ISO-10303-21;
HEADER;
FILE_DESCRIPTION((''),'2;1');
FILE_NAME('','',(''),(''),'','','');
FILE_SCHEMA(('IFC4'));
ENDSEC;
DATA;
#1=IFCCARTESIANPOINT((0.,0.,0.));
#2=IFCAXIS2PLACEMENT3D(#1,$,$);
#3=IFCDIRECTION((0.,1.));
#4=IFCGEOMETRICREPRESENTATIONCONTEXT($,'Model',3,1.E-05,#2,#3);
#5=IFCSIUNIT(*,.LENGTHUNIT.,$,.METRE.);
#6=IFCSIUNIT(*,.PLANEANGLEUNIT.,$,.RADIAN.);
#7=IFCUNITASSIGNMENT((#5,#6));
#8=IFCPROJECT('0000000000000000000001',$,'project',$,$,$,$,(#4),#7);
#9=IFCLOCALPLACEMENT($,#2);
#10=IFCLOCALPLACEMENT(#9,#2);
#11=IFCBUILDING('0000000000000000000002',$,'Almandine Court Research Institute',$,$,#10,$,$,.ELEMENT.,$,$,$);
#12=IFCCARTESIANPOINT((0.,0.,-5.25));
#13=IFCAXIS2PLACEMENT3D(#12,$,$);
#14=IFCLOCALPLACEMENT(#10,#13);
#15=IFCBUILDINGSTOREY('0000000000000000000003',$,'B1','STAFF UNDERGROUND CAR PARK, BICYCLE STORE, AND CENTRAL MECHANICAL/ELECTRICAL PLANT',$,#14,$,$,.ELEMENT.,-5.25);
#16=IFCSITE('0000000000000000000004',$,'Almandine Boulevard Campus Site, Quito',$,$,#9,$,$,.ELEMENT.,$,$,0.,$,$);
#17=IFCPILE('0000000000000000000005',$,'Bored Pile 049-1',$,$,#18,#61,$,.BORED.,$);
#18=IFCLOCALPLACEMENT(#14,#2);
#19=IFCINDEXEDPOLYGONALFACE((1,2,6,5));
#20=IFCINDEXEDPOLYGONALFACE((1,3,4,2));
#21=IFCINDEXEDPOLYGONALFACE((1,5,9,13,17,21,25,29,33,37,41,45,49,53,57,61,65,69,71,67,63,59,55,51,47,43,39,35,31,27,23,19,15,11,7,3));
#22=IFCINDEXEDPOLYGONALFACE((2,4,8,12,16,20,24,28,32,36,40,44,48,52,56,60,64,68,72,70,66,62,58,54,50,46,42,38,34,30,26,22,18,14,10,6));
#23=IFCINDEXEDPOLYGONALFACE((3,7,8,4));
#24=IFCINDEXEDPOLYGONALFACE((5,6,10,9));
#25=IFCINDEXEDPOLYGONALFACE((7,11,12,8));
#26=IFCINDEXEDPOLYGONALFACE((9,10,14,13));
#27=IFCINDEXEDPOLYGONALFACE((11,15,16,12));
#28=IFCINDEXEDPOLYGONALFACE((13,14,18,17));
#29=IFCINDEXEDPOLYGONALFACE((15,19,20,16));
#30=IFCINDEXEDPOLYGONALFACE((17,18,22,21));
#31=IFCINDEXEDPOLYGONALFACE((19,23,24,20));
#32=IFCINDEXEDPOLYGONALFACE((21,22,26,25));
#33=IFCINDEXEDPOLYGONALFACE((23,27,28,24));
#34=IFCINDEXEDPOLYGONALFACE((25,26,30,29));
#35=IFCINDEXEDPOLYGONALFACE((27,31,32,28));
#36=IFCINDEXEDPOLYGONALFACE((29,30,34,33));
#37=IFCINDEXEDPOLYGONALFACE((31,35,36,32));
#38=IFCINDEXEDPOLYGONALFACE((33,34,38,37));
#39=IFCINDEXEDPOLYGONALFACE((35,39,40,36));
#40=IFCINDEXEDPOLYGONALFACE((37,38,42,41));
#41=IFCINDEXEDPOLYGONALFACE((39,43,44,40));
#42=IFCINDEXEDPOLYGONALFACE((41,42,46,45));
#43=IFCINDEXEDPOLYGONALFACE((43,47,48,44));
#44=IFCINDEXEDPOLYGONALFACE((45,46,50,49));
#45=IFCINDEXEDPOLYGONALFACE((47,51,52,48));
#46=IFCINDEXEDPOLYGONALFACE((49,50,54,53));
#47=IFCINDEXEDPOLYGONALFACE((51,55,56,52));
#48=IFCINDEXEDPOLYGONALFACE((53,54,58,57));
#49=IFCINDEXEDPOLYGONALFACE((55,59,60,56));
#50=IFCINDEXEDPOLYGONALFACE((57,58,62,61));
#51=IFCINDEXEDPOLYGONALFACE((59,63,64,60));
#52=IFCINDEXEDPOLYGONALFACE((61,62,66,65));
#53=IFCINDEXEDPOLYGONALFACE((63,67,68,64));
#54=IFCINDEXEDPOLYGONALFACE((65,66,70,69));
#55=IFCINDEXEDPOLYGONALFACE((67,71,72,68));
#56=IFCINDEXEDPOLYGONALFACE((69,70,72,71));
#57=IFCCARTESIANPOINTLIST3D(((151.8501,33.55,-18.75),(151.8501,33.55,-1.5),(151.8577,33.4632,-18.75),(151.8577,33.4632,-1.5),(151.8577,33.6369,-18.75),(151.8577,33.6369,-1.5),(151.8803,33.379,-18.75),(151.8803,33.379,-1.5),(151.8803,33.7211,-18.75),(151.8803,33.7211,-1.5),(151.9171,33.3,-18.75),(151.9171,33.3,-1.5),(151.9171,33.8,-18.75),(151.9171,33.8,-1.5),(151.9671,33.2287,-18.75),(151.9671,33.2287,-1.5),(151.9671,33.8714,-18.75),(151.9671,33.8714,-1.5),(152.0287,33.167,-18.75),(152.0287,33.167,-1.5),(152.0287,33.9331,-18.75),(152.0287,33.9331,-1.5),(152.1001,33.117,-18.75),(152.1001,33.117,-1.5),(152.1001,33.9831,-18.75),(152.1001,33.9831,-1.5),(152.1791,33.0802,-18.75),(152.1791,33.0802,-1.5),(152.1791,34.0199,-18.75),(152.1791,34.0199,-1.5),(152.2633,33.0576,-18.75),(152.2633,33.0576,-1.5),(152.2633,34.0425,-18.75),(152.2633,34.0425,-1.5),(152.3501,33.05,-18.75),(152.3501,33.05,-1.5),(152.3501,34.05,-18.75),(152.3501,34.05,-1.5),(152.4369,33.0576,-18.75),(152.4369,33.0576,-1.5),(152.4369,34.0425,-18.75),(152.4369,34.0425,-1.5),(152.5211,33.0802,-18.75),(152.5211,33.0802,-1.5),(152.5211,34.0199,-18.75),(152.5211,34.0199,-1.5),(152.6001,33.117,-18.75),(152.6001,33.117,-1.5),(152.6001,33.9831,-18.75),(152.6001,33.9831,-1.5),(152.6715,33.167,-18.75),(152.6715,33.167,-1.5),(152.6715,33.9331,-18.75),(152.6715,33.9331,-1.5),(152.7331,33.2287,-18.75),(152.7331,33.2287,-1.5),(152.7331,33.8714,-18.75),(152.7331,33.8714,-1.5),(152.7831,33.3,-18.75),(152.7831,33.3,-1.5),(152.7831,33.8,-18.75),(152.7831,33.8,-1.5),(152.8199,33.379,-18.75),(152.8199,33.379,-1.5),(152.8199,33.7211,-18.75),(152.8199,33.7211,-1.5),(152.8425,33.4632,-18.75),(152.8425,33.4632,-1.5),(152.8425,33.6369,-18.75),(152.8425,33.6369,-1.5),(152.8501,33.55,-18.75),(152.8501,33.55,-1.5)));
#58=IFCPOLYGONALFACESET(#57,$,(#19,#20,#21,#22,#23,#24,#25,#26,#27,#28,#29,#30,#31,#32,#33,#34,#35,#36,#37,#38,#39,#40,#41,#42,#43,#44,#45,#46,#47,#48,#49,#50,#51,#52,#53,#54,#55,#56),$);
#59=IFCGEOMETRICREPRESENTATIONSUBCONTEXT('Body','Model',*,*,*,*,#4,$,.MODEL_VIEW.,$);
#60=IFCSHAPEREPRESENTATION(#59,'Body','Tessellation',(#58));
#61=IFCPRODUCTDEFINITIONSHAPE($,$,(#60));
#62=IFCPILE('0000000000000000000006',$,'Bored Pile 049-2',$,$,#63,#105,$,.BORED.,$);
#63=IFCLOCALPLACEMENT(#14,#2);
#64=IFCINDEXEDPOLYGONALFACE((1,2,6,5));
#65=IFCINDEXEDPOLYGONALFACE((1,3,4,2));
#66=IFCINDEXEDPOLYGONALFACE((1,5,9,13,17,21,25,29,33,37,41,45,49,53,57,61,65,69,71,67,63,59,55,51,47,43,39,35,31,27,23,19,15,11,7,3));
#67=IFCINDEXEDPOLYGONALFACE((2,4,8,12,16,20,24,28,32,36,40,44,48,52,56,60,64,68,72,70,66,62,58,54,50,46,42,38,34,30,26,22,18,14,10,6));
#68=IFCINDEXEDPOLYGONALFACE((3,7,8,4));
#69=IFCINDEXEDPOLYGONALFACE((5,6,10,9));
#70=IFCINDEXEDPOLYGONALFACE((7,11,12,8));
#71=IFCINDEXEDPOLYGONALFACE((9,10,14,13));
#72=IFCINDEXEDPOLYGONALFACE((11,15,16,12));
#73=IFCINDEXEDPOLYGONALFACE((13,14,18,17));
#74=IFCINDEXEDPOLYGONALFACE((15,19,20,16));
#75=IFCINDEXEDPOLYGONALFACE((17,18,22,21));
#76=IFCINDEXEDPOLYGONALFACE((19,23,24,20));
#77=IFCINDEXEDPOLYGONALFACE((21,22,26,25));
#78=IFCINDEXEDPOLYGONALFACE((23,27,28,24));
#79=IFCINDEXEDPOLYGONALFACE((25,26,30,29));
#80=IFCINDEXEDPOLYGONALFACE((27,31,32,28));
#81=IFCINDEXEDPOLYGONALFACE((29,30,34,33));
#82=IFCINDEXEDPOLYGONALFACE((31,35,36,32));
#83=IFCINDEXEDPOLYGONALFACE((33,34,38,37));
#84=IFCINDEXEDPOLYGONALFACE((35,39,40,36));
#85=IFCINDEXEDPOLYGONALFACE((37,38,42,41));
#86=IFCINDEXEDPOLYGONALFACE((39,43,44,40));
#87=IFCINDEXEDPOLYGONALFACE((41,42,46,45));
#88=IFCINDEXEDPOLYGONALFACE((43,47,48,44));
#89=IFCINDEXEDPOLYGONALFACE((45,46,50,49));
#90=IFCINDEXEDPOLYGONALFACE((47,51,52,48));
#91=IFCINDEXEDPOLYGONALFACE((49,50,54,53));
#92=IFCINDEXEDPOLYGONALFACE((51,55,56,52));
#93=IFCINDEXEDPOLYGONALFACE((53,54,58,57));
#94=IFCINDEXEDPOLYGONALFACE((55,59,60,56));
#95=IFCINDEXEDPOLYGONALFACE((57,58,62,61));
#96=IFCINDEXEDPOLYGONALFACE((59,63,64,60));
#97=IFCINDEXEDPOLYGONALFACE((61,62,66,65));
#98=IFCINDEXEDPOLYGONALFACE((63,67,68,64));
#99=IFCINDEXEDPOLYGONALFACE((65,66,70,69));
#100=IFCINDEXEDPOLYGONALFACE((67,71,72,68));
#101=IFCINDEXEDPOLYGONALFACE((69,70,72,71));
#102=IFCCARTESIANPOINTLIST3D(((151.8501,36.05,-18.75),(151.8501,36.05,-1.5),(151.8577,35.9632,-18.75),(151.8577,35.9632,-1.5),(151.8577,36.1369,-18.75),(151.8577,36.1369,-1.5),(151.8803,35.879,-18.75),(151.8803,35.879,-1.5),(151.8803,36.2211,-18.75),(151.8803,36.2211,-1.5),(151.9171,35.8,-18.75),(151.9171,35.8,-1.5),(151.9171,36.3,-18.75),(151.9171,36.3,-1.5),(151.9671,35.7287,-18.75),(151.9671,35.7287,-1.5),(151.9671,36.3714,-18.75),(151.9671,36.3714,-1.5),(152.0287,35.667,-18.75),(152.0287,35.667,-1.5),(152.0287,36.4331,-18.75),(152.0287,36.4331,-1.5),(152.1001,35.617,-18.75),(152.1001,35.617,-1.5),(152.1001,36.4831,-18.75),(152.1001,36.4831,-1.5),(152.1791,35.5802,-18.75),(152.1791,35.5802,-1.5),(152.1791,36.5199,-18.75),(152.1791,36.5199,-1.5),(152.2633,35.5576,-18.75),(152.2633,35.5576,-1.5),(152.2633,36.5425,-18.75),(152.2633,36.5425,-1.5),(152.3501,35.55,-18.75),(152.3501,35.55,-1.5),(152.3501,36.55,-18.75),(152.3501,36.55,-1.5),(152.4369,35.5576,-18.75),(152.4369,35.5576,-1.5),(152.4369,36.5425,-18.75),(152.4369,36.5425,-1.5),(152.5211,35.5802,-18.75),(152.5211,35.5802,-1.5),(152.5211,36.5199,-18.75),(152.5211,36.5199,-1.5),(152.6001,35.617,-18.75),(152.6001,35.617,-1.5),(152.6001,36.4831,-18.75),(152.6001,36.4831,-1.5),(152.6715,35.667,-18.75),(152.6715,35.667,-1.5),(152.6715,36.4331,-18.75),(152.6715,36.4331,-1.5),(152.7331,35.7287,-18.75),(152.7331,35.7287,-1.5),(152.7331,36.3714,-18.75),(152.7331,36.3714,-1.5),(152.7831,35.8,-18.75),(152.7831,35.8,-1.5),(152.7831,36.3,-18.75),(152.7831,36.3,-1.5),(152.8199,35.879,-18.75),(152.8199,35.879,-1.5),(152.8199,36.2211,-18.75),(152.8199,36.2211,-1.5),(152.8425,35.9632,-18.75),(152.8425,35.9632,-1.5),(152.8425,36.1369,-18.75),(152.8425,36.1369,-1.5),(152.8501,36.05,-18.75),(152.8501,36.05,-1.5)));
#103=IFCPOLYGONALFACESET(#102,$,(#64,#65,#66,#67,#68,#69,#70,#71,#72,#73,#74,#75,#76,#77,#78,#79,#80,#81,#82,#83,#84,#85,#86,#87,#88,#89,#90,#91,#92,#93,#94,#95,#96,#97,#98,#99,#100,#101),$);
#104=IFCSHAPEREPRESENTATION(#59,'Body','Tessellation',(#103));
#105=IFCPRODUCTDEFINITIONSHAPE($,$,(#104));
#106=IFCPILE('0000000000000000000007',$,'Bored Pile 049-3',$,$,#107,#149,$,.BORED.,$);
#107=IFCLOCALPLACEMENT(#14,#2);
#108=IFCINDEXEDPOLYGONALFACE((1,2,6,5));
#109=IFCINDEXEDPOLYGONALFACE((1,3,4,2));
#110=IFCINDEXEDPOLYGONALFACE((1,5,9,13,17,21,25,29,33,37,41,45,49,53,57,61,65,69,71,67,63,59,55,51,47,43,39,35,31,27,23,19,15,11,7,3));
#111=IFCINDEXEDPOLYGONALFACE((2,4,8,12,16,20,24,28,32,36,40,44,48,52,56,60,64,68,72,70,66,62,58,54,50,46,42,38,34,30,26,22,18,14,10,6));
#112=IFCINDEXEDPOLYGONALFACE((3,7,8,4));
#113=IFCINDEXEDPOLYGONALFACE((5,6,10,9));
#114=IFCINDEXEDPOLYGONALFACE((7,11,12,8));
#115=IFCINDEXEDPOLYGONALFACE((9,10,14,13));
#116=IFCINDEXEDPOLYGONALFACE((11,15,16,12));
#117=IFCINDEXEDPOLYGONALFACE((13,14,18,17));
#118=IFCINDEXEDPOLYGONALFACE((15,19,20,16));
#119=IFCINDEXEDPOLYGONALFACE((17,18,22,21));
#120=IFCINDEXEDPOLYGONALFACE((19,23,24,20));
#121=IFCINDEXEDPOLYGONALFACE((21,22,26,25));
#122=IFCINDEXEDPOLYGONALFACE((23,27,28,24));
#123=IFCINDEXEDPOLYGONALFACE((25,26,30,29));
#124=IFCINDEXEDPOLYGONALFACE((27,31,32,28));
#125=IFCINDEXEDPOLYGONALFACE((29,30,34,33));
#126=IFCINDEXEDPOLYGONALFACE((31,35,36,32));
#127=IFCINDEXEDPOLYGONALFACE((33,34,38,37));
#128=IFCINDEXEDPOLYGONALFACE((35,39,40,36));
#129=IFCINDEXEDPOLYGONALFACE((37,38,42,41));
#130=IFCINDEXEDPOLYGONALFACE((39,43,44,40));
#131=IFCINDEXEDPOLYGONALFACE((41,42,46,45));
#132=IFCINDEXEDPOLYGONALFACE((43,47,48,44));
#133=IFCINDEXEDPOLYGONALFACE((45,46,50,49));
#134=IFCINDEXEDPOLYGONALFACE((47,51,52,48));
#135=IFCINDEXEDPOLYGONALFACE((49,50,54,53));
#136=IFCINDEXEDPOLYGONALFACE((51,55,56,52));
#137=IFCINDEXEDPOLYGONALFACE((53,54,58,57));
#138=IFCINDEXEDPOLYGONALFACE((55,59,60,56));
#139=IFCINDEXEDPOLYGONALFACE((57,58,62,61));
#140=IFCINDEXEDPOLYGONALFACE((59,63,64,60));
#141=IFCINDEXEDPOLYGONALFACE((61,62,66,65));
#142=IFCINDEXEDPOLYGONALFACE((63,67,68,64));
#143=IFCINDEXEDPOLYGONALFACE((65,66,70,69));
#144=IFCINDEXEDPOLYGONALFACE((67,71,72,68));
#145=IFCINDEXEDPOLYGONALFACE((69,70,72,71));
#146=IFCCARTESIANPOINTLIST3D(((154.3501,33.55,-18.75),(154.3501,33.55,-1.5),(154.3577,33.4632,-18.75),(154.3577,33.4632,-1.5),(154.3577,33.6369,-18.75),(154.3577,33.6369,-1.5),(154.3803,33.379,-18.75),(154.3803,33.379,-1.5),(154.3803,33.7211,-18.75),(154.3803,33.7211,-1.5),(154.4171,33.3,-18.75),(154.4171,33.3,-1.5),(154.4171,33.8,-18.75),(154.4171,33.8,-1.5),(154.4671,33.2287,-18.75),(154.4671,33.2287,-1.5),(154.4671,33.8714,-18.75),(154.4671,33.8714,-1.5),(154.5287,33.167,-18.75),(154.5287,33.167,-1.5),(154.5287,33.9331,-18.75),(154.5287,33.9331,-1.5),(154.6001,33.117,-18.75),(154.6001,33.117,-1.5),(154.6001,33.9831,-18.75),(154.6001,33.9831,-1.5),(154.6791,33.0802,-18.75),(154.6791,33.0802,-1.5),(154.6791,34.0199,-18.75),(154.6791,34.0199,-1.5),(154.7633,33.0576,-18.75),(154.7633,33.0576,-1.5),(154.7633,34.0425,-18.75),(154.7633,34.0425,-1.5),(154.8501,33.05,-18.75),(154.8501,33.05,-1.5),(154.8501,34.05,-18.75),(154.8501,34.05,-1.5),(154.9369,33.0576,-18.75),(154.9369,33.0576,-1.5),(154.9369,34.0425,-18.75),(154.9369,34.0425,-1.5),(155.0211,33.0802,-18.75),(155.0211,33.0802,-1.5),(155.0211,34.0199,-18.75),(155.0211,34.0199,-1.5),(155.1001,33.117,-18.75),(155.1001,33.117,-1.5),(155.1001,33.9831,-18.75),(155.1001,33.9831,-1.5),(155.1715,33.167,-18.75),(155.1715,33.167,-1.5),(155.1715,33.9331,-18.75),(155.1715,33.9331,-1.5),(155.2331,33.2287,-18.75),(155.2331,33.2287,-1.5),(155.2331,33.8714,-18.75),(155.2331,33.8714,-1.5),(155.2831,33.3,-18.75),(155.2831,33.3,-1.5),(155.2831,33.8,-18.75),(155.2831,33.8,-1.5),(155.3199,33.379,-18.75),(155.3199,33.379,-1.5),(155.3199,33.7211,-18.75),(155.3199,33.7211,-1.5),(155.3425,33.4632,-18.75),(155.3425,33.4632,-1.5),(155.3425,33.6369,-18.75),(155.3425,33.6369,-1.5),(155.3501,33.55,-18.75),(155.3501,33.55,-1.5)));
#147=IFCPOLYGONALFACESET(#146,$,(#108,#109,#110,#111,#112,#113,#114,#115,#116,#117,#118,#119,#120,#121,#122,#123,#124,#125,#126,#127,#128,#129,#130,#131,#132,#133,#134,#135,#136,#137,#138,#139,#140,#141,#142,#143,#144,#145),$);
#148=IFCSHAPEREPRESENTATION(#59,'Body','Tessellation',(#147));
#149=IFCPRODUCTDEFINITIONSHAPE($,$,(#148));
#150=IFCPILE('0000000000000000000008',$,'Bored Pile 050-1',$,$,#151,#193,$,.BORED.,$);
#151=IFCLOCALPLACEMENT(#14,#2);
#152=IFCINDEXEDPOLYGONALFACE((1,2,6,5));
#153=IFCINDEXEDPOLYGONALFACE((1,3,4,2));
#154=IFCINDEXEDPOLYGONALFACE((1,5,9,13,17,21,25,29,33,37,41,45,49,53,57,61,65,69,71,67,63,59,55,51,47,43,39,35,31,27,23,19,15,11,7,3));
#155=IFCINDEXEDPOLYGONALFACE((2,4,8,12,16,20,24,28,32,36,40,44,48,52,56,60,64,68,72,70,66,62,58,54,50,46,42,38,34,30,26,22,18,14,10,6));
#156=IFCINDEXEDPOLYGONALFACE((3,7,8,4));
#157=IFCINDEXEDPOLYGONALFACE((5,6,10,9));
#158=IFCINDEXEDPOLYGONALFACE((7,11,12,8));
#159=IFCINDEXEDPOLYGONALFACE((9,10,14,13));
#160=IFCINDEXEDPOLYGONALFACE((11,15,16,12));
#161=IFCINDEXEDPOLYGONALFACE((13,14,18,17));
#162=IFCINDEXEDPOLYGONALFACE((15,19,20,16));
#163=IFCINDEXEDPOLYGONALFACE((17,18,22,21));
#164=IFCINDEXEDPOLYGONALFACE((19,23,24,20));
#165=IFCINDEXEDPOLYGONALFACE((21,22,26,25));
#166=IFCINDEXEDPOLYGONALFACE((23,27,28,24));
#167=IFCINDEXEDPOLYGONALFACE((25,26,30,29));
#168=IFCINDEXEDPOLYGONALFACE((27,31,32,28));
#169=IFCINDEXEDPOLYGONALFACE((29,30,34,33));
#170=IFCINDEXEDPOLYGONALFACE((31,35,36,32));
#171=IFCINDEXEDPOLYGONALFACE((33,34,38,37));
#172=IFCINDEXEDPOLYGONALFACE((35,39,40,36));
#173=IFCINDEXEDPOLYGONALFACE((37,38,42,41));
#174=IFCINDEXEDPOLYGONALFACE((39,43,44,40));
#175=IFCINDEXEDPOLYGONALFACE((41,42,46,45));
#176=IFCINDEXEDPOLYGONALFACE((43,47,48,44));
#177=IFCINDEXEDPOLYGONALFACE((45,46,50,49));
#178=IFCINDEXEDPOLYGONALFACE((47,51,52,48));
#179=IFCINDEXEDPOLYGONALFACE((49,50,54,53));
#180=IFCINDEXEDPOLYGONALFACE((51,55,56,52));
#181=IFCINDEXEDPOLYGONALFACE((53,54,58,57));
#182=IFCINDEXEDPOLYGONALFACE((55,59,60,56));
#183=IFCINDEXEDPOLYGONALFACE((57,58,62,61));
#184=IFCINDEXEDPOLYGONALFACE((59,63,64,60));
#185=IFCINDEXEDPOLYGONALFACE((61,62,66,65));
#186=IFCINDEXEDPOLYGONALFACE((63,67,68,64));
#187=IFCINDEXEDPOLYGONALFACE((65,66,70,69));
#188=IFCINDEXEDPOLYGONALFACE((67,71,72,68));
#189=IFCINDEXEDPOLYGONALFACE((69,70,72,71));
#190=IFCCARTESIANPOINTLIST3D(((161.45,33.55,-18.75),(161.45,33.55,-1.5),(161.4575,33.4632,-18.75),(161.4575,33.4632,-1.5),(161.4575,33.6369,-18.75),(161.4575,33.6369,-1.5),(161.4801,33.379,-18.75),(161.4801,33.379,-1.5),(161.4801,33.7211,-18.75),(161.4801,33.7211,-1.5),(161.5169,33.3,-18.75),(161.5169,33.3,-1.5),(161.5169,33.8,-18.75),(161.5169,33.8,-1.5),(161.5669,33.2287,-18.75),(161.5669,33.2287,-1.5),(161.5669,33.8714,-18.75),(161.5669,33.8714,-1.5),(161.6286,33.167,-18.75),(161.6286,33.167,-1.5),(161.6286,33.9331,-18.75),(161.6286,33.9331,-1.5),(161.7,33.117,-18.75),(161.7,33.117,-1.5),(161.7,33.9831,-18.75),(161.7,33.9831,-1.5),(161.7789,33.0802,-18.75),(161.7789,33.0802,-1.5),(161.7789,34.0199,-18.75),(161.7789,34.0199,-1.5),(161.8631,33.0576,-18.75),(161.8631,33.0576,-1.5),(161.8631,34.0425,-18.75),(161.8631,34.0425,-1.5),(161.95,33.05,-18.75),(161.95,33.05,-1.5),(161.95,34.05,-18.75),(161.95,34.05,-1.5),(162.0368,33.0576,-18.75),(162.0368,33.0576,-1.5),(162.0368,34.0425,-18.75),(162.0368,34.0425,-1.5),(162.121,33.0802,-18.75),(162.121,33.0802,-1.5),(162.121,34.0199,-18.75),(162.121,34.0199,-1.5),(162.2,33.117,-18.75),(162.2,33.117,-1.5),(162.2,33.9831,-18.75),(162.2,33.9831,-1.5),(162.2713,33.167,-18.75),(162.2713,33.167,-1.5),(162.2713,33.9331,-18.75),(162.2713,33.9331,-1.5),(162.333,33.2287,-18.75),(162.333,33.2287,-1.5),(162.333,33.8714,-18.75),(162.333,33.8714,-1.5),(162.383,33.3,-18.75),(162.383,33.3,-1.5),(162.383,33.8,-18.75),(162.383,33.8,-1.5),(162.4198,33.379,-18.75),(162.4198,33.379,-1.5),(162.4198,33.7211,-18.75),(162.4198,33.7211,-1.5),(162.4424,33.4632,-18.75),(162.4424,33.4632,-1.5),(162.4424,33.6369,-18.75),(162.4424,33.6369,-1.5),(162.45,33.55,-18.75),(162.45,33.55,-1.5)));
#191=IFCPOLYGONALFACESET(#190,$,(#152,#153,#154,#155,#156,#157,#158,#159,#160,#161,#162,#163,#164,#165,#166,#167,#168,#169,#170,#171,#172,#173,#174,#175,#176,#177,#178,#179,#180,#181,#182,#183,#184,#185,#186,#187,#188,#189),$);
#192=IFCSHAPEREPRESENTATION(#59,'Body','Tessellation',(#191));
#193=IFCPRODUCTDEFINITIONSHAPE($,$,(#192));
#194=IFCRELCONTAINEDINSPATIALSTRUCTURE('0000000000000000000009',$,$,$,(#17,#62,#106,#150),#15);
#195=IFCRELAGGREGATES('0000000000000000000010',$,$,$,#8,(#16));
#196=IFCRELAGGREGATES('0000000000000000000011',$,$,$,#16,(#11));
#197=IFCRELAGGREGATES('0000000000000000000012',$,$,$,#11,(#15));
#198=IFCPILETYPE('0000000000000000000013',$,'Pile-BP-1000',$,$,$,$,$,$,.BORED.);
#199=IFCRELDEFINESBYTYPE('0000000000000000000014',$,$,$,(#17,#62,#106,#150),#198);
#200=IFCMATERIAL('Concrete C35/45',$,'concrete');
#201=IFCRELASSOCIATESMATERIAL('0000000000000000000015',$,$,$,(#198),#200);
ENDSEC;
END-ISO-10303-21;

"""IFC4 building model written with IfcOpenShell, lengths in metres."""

from ifc_helpers import new_model, si_unit, direction, frame, origin, origin_2d, place, context, subcontext, project, spatial, circle, extrude, material, material_profile, profile_set, type_object, element, save


model = new_model("IFC4")

# Units and contexts
model_context = context("Model", 3, precision=1e-05, world=origin(), true_north=direction((0.0, 1.0)))
body_context = subcontext(model_context, "Body", "Model", "MODEL_VIEW")
ifc_project = project(units=[si_unit("LENGTHUNIT", "METRE"), si_unit("PLANEANGLEUNIT", "RADIAN")], contexts=[model_context])

# Site, building, storey
site_placement = place(None, origin())
site = spatial("IfcSite", under=ifc_project, at=site_placement, Name="Almandine Boulevard Campus Site, Quito", CompositionType="ELEMENT", RefElevation=0.0)
building_placement = place(site_placement, origin())
building = spatial("IfcBuilding", under=site, at=building_placement, Name="Almandine Court Research Institute", CompositionType="ELEMENT")
storey_placement = place(building_placement, frame((0.0, 0.0, -5.25)))
storey = spatial("IfcBuildingStorey", under=building, at=storey_placement, Name="B1", Description="STAFF UNDERGROUND CAR PARK, BICYCLE STORE, AND CENTRAL MECHANICAL/ELECTRICAL PLANT", CompositionType="ELEMENT", Elevation=-5.25)

# Shared definitions
ifc_material_1 = material(Name="Concrete C35/45", Category="concrete")

# Piles
ifc_material_profile_1 = material_profile(ifc_material_1, circle(Radius=0.5, at=origin_2d()), Name="BORED PILE D1000")
ifc_profile_set_1 = profile_set([ifc_material_profile_1], Name="Concrete C35/45")
pile_type_1 = type_object("IfcPileType", Name="Pile-BP-1000", PredefinedType="BORED", material=ifc_profile_set_1)
for number, where, z_axis, x_axis, name in (
    (1, (152.3501, 33.55, -1.5), (0.0, 0.0, -1.0), (1.0, 0.0, 0.0), "Bored Pile 049-1"),
    (2, (152.3501, 36.05, -1.5), (0.0, 0.0, -1.0), (1.0, 0.0, 0.0), "Bored Pile 049-2"),
    (3, (154.8501, 33.55, -1.5), (0.0, 0.0, -1.0), (1.0, 0.0, 0.0), "Bored Pile 049-3"),
    (4, (161.95, 33.55, -1.5), (0.0, 0.0, -1.0), (1.0, 0.0, 0.0), "Bored Pile 050-1"),
):
    element("IfcPile", number, at=place(storey_placement, frame(where, z_axis=z_axis, x_axis=x_axis)), inside=storey, type_object=pile_type_1, Name=name, PredefinedType="BORED", context=body_context, shape_type="SweptSolid", body=[
        extrude(circle(Radius=0.5, at=origin_2d()), origin(), (0.0, 0.0, 1.0), 17.25),
    ])

save(model, "model.ifc")
